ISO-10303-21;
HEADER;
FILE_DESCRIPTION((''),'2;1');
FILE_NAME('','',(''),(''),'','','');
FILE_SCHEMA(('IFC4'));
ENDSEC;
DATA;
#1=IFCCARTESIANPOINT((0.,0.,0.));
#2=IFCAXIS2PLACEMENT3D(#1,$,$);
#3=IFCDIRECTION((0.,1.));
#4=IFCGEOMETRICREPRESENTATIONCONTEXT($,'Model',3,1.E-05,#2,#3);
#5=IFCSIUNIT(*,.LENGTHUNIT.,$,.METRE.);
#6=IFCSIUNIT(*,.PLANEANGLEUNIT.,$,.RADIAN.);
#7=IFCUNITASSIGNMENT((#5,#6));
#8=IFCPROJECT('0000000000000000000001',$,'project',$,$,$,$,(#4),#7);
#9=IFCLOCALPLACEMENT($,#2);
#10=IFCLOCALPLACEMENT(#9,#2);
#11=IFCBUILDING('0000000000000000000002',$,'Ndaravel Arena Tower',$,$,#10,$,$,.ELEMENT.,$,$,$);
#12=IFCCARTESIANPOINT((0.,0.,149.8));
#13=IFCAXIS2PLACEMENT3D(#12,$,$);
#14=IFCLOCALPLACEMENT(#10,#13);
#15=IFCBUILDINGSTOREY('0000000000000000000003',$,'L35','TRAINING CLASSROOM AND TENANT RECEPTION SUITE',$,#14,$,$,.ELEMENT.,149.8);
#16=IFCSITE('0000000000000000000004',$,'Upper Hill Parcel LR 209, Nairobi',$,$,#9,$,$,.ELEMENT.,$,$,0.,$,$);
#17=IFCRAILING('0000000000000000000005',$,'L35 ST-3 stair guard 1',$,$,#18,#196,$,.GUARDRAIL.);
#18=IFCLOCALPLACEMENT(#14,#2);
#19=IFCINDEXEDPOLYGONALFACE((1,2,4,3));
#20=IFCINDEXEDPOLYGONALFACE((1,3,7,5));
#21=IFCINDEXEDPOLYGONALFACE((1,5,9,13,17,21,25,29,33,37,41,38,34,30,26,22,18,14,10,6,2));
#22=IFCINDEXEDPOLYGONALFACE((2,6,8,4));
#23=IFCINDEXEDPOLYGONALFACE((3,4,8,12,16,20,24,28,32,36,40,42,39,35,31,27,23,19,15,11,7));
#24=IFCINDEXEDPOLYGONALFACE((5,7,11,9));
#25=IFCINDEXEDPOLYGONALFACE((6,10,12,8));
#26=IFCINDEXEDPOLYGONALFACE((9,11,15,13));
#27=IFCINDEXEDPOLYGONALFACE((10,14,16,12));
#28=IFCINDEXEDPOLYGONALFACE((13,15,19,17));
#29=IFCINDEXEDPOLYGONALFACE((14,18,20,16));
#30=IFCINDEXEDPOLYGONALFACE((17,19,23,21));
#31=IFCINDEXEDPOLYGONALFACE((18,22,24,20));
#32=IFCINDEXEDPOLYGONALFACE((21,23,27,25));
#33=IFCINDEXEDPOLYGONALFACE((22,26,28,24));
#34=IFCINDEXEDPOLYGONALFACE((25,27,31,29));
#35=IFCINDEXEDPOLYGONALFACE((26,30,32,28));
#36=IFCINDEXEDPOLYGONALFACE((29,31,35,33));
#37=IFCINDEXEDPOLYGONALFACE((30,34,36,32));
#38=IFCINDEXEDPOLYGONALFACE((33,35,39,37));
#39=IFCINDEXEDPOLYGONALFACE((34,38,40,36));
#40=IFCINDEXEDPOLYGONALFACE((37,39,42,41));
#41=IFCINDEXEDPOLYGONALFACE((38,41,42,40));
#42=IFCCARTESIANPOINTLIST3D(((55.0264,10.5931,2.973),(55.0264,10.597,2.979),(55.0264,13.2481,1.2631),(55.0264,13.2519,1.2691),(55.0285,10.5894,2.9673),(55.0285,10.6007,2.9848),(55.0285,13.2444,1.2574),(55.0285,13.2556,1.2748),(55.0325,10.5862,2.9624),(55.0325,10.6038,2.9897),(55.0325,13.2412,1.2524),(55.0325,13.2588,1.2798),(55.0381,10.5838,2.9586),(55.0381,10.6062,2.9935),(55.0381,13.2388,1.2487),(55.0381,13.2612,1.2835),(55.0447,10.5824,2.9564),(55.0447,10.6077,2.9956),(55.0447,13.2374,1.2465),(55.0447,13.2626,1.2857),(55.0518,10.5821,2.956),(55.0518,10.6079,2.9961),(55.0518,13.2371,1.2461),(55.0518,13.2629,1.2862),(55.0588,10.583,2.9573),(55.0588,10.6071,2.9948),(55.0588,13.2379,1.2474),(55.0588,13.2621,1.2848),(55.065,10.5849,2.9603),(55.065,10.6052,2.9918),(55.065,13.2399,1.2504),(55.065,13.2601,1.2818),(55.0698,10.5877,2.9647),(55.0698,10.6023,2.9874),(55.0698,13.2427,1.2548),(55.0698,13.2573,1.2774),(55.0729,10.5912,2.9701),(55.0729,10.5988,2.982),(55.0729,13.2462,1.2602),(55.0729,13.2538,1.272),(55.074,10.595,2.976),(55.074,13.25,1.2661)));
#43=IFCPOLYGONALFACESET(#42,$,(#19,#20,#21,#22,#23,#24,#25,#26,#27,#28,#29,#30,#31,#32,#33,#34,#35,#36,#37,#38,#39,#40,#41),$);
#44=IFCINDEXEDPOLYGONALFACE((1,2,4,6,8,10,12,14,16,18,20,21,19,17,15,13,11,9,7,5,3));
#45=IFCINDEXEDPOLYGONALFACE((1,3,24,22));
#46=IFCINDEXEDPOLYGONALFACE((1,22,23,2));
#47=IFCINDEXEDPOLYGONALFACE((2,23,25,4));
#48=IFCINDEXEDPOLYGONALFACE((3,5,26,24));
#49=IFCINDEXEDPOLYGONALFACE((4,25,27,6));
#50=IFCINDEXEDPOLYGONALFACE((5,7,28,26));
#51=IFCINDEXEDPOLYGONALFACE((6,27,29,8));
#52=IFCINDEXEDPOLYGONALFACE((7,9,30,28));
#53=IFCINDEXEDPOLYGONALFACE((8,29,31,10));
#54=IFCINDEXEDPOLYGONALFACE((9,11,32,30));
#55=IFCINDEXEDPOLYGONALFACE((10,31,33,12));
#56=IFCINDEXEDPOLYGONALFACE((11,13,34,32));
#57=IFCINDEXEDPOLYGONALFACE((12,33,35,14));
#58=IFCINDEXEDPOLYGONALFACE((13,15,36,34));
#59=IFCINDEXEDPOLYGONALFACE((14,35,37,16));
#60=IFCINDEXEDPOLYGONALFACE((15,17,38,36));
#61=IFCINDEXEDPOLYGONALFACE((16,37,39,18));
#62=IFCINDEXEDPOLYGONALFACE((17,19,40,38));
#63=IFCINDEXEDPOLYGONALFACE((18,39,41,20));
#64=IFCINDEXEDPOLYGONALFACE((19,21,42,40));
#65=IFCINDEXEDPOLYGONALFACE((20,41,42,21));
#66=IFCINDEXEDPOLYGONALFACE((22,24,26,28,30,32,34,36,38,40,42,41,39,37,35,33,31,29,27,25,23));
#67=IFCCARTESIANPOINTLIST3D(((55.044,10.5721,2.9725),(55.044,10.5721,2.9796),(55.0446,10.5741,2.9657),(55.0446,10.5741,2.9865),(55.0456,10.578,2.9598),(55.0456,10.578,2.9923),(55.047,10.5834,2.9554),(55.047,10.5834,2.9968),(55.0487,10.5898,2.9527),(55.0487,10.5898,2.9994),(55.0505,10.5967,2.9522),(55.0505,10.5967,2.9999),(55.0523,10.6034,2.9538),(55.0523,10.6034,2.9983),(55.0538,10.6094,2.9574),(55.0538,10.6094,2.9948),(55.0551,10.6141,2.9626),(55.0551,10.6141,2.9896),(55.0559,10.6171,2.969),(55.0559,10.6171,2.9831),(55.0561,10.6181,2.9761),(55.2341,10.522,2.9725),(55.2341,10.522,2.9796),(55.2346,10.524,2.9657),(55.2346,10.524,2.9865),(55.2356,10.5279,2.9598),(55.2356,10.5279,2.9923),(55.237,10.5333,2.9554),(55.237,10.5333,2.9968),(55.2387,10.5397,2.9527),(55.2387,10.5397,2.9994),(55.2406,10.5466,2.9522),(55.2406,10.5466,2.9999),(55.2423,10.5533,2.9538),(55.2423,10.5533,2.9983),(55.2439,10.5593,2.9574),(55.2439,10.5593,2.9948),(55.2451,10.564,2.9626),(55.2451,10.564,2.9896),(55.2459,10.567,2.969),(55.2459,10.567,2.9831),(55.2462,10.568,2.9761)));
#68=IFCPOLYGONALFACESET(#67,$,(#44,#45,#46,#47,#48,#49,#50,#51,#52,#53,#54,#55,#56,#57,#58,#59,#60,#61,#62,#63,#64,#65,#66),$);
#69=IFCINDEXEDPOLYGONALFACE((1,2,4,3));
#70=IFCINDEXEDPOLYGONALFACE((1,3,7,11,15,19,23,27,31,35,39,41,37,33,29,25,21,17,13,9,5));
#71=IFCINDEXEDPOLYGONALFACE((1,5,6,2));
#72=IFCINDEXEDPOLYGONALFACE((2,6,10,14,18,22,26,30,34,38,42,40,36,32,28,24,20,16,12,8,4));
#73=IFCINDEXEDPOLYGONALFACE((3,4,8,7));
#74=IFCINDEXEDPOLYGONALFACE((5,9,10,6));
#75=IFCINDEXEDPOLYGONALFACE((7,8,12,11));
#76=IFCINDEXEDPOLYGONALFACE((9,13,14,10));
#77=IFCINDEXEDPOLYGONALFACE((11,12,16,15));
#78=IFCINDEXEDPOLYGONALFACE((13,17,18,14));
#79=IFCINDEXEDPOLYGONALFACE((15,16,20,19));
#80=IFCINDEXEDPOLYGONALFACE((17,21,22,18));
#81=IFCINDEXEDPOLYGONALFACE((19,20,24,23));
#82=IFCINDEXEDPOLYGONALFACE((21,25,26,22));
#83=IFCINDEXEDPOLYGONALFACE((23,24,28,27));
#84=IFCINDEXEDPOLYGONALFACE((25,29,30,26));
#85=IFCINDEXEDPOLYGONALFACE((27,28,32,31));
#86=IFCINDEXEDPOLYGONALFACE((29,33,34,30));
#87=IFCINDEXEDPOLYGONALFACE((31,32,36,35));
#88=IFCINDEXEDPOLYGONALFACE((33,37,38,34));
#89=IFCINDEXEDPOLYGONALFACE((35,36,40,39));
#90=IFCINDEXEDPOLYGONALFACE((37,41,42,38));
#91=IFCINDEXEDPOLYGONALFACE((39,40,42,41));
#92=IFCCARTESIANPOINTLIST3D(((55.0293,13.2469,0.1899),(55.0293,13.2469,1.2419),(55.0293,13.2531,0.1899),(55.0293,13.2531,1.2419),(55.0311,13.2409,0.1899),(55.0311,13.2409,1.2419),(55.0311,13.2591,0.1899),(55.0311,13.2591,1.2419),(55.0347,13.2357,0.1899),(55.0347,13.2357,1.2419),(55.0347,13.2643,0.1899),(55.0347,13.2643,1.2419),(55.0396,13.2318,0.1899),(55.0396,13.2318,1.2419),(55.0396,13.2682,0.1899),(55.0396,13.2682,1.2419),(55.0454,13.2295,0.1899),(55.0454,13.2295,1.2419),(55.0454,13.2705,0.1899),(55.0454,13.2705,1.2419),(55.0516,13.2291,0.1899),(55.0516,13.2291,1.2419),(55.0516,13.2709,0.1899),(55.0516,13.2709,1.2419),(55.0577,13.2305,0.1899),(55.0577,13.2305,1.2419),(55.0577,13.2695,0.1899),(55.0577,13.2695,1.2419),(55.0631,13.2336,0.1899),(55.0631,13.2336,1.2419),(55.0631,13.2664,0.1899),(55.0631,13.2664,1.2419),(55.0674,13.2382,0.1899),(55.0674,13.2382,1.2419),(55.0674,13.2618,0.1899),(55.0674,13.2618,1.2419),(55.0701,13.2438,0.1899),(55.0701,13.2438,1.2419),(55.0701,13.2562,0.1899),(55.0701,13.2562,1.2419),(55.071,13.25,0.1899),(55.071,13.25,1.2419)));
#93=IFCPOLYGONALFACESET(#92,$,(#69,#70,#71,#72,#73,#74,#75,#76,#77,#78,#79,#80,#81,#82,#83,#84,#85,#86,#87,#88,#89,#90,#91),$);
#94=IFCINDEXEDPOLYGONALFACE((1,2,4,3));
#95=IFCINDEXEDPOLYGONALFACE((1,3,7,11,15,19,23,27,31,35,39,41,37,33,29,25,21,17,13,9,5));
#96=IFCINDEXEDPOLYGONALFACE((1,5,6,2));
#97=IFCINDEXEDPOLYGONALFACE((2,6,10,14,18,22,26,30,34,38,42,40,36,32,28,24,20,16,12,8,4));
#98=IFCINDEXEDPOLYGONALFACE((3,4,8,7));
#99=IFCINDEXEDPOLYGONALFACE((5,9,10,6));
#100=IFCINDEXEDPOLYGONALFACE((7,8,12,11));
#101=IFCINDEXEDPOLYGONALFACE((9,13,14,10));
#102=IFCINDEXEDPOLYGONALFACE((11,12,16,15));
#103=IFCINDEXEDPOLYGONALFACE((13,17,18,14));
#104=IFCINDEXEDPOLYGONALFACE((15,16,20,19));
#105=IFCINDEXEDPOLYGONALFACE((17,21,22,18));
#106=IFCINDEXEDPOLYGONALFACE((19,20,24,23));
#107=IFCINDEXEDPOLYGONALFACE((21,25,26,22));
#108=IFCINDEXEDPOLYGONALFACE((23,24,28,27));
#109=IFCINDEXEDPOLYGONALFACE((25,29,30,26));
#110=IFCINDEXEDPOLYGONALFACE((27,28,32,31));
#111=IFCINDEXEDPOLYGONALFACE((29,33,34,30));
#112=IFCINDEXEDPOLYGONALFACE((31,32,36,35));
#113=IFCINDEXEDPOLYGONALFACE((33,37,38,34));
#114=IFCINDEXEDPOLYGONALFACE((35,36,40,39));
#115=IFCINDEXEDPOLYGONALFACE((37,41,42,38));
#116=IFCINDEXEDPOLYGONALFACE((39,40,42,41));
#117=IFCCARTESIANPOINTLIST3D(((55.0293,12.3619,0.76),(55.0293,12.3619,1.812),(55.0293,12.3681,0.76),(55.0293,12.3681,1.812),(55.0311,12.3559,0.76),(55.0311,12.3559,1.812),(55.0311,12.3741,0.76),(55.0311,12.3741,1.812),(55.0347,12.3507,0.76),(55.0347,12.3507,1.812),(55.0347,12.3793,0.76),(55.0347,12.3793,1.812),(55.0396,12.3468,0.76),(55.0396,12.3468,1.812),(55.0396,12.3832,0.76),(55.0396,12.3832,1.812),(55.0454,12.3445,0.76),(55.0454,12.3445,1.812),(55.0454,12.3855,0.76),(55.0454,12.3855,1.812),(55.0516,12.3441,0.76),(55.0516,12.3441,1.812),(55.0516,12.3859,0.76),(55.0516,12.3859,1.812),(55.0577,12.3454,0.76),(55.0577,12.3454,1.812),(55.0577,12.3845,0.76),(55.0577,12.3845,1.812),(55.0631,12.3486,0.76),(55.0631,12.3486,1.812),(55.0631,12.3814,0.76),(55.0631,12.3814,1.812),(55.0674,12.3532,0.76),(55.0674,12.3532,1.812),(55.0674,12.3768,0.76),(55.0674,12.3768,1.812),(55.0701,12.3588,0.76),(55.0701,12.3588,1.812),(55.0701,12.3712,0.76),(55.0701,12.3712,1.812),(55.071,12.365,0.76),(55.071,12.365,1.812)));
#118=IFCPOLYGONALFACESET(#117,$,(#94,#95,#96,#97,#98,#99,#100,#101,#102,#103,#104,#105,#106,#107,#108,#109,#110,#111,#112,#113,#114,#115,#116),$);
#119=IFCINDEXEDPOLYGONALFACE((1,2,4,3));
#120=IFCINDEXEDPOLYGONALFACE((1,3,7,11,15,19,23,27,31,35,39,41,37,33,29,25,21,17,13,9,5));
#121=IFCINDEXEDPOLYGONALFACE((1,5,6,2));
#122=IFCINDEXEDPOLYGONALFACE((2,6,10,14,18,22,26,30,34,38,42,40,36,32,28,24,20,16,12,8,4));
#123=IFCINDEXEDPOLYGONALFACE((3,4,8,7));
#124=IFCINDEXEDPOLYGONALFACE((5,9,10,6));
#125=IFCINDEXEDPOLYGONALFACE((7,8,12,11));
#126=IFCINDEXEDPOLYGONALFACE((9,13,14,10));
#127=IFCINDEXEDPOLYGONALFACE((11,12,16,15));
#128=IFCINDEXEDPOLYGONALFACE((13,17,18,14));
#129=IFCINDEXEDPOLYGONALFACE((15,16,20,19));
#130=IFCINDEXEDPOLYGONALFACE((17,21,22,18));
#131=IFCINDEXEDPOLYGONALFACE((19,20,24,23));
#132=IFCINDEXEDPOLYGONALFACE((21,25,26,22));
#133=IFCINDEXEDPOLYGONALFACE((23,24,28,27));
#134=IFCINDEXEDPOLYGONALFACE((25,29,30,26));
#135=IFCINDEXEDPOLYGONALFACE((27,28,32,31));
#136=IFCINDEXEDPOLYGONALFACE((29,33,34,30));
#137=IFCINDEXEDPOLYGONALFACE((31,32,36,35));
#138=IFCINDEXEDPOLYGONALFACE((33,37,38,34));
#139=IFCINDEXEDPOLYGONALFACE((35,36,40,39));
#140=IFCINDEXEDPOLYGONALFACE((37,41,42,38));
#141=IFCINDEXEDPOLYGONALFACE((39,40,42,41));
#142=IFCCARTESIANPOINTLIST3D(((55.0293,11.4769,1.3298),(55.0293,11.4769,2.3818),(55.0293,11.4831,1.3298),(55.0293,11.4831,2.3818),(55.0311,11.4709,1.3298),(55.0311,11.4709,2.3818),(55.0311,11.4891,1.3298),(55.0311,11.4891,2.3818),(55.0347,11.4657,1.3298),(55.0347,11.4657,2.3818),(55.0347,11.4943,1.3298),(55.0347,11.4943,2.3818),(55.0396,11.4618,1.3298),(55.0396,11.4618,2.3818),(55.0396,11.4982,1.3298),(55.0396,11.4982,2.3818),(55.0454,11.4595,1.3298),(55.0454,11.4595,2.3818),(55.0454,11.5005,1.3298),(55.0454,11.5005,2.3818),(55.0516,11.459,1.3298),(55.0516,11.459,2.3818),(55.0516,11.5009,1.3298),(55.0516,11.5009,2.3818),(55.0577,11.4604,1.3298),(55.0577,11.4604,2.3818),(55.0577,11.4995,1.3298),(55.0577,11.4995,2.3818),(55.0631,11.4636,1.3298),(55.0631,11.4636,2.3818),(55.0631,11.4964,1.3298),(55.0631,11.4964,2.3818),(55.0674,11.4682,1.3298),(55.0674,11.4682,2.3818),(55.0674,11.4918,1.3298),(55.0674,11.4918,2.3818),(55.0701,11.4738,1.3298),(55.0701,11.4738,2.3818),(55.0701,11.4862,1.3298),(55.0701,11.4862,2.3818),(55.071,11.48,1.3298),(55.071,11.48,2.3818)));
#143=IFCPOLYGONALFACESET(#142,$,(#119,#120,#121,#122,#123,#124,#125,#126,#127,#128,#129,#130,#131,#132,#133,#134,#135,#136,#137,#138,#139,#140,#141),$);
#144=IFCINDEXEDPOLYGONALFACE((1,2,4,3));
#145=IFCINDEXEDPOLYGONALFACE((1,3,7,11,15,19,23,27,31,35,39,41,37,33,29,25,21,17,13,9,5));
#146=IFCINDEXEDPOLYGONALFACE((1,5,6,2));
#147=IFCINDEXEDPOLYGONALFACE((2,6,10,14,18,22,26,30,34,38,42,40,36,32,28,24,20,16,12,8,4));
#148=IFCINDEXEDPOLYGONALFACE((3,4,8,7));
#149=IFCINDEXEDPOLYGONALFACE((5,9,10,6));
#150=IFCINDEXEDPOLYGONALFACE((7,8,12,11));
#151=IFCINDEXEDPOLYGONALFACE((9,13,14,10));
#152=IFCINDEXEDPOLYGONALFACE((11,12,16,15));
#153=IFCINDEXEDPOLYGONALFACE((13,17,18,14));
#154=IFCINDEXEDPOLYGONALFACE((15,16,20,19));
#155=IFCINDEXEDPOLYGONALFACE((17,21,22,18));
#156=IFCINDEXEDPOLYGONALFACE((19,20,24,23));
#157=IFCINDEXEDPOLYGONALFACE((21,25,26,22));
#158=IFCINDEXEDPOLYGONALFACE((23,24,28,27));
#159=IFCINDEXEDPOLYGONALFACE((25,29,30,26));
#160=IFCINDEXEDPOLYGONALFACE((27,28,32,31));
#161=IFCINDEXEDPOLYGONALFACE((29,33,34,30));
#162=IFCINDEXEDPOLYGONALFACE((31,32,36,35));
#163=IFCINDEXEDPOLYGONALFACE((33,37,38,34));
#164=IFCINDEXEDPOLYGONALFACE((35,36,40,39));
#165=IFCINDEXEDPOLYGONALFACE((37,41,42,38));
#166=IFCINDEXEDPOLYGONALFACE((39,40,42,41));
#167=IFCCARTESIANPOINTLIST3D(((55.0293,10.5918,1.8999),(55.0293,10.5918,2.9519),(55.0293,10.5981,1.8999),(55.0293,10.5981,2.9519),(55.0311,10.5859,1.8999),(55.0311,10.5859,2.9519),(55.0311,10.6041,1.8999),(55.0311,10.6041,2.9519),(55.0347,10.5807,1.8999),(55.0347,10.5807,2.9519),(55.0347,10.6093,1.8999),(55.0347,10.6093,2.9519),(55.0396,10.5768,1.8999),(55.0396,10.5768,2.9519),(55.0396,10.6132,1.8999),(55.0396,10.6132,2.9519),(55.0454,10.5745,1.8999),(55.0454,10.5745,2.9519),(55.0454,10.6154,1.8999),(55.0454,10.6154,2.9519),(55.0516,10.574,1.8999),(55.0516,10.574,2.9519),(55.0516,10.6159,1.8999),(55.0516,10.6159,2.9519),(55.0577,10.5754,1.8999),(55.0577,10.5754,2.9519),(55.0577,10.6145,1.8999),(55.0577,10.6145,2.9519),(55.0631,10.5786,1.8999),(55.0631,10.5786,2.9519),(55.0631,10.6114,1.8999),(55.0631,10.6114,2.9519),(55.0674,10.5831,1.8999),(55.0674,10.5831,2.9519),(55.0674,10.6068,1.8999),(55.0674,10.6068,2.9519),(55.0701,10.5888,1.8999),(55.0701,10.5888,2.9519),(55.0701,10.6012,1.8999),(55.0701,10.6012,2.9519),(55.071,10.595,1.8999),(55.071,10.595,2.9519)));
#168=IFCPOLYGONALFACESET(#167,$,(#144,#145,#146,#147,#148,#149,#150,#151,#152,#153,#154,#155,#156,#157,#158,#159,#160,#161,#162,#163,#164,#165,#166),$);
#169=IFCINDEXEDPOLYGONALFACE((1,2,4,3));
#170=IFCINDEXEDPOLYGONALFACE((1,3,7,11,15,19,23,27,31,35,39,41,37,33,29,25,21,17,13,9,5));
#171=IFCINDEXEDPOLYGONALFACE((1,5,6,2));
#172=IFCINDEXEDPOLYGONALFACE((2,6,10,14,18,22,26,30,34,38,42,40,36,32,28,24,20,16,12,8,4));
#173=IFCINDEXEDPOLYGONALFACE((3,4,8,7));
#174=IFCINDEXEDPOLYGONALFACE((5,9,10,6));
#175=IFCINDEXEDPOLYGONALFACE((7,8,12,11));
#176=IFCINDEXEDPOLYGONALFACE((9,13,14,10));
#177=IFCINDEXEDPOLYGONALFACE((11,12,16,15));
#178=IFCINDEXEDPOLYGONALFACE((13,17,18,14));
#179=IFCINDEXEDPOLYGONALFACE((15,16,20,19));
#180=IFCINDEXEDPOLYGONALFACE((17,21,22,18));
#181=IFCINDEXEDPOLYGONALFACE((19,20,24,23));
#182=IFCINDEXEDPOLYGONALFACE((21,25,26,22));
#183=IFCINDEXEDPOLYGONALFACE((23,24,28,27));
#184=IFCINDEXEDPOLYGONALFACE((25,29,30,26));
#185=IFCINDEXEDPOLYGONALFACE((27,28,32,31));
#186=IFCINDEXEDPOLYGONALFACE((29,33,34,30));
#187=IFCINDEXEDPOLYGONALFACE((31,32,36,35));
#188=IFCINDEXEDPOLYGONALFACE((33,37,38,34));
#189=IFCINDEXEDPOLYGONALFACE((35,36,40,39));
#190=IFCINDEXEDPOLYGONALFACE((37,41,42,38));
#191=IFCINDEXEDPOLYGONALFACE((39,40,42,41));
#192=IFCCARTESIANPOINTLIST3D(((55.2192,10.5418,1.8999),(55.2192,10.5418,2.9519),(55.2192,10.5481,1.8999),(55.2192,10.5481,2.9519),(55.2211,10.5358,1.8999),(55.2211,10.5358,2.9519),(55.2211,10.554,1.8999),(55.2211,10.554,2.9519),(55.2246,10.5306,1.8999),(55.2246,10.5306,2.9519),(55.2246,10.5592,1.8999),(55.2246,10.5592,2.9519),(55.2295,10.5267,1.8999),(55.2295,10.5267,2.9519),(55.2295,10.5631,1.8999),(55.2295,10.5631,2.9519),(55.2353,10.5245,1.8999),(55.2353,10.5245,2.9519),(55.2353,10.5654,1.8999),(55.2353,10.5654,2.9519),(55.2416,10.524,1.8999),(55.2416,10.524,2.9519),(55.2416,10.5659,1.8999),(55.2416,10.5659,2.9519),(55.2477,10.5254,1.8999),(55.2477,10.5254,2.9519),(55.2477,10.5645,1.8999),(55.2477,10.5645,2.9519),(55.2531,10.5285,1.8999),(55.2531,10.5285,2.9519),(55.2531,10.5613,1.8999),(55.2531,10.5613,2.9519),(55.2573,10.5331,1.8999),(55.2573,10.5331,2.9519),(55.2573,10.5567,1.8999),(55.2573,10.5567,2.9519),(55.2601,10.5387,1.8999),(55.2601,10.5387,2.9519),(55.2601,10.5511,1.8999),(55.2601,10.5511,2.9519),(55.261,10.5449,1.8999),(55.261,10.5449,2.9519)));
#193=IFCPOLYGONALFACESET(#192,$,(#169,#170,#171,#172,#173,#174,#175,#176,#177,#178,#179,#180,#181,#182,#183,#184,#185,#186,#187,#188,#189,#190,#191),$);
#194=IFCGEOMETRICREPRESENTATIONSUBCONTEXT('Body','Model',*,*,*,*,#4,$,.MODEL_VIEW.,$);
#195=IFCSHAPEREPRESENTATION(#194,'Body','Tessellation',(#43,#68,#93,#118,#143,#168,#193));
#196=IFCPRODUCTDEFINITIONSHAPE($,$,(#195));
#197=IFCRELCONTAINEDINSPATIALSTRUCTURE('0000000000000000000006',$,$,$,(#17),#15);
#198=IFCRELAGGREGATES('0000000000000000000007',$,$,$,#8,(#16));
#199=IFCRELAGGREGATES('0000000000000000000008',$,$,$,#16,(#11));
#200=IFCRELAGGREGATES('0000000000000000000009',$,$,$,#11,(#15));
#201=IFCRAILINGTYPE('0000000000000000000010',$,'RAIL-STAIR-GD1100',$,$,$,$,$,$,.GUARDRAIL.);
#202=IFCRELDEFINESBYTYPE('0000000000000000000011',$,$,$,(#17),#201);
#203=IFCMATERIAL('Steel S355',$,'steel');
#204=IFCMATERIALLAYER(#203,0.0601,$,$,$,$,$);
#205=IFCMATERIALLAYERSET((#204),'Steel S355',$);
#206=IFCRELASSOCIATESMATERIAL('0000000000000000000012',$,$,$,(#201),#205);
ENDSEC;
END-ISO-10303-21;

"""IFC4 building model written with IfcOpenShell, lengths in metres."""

from ifc_helpers import new_model, si_unit, direction, frame, origin, origin_2d, place, context, subcontext, project, spatial, circle, extrude, material, layer, layer_set, type_object, element, save


model = new_model("IFC4")

# Units and contexts
model_context = context("Model", 3, precision=1e-05, world=origin(), true_north=direction((0.0, 1.0)))
body_context = subcontext(model_context, "Body", "Model", "MODEL_VIEW")
ifc_project = project(units=[si_unit("LENGTHUNIT", "METRE"), si_unit("PLANEANGLEUNIT", "RADIAN")], contexts=[model_context])

# Site, building, storey
site_placement = place(None, origin())
site = spatial("IfcSite", under=ifc_project, at=site_placement, Name="Upper Hill Parcel LR 209, Nairobi", CompositionType="ELEMENT", RefElevation=0.0)
building_placement = place(site_placement, origin())
building = spatial("IfcBuilding", under=site, at=building_placement, Name="Ndaravel Arena Tower", CompositionType="ELEMENT")
storey_placement = place(building_placement, frame((0.0, 0.0, 149.8)))
storey = spatial("IfcBuildingStorey", under=building, at=storey_placement, Name="L35", Description="TRAINING CLASSROOM AND TENANT RECEPTION SUITE", CompositionType="ELEMENT", Elevation=149.8)

# Railing
ifc_material_1 = material(Name="Steel S355", Category="steel")
ifc_layer_1 = layer(ifc_material_1, 0.0601)
ifc_layer_set_1 = layer_set([ifc_layer_1], Name="Steel S355")
railing_type_1 = type_object("IfcRailingType", Name="RAIL-STAIR-GD1100", PredefinedType="GUARDRAIL", material=ifc_layer_set_1)
railing_1_placement = place(storey_placement, frame((55.05, 13.25, 0.1899)))
element("IfcRailing", 1, at=railing_1_placement, inside=storey, type_object=railing_type_1, Name="L35 ST-3 stair guard 1", PredefinedType="GUARDRAIL", context=body_context, shape_type="SweptSolid", body=[
    extrude(circle(Radius=0.0239, at=origin_2d()), frame((0.0, 0.0, 1.0762), z_axis=(0.0, -0.840724, 0.541465), x_axis=(1.0, 0.0, 0.0)), (0.0, 0.0, 1.0), 3.158),
    extrude(circle(Radius=0.0239, at=origin_2d()), frame((0.0, -2.655, 2.7861), z_axis=(0.966994, -0.254799, 0.0), x_axis=(0.254799, 0.966994, 0.0)), (0.0, 0.0, 1.0), 0.1965),
    extrude(circle(Radius=0.021, at=origin_2d()), origin(), (0.0, 0.0, 1.0), 1.052),
    extrude(circle(Radius=0.021, at=origin_2d()), frame((0.0, -0.885, 0.5701)), (0.0, 0.0, 1.0), 1.052),
    extrude(circle(Radius=0.021, at=origin_2d()), frame((0.0, -1.77, 1.1399)), (0.0, 0.0, 1.0), 1.052),
    extrude(circle(Radius=0.021, at=origin_2d()), frame((0.0, -2.655, 1.71)), (0.0, 0.0, 1.0), 1.052),
    extrude(circle(Radius=0.021, at=origin_2d()), frame((0.1899, -2.7051, 1.71)), (0.0, 0.0, 1.0), 1.052),
])

save(model, "model.ifc")
